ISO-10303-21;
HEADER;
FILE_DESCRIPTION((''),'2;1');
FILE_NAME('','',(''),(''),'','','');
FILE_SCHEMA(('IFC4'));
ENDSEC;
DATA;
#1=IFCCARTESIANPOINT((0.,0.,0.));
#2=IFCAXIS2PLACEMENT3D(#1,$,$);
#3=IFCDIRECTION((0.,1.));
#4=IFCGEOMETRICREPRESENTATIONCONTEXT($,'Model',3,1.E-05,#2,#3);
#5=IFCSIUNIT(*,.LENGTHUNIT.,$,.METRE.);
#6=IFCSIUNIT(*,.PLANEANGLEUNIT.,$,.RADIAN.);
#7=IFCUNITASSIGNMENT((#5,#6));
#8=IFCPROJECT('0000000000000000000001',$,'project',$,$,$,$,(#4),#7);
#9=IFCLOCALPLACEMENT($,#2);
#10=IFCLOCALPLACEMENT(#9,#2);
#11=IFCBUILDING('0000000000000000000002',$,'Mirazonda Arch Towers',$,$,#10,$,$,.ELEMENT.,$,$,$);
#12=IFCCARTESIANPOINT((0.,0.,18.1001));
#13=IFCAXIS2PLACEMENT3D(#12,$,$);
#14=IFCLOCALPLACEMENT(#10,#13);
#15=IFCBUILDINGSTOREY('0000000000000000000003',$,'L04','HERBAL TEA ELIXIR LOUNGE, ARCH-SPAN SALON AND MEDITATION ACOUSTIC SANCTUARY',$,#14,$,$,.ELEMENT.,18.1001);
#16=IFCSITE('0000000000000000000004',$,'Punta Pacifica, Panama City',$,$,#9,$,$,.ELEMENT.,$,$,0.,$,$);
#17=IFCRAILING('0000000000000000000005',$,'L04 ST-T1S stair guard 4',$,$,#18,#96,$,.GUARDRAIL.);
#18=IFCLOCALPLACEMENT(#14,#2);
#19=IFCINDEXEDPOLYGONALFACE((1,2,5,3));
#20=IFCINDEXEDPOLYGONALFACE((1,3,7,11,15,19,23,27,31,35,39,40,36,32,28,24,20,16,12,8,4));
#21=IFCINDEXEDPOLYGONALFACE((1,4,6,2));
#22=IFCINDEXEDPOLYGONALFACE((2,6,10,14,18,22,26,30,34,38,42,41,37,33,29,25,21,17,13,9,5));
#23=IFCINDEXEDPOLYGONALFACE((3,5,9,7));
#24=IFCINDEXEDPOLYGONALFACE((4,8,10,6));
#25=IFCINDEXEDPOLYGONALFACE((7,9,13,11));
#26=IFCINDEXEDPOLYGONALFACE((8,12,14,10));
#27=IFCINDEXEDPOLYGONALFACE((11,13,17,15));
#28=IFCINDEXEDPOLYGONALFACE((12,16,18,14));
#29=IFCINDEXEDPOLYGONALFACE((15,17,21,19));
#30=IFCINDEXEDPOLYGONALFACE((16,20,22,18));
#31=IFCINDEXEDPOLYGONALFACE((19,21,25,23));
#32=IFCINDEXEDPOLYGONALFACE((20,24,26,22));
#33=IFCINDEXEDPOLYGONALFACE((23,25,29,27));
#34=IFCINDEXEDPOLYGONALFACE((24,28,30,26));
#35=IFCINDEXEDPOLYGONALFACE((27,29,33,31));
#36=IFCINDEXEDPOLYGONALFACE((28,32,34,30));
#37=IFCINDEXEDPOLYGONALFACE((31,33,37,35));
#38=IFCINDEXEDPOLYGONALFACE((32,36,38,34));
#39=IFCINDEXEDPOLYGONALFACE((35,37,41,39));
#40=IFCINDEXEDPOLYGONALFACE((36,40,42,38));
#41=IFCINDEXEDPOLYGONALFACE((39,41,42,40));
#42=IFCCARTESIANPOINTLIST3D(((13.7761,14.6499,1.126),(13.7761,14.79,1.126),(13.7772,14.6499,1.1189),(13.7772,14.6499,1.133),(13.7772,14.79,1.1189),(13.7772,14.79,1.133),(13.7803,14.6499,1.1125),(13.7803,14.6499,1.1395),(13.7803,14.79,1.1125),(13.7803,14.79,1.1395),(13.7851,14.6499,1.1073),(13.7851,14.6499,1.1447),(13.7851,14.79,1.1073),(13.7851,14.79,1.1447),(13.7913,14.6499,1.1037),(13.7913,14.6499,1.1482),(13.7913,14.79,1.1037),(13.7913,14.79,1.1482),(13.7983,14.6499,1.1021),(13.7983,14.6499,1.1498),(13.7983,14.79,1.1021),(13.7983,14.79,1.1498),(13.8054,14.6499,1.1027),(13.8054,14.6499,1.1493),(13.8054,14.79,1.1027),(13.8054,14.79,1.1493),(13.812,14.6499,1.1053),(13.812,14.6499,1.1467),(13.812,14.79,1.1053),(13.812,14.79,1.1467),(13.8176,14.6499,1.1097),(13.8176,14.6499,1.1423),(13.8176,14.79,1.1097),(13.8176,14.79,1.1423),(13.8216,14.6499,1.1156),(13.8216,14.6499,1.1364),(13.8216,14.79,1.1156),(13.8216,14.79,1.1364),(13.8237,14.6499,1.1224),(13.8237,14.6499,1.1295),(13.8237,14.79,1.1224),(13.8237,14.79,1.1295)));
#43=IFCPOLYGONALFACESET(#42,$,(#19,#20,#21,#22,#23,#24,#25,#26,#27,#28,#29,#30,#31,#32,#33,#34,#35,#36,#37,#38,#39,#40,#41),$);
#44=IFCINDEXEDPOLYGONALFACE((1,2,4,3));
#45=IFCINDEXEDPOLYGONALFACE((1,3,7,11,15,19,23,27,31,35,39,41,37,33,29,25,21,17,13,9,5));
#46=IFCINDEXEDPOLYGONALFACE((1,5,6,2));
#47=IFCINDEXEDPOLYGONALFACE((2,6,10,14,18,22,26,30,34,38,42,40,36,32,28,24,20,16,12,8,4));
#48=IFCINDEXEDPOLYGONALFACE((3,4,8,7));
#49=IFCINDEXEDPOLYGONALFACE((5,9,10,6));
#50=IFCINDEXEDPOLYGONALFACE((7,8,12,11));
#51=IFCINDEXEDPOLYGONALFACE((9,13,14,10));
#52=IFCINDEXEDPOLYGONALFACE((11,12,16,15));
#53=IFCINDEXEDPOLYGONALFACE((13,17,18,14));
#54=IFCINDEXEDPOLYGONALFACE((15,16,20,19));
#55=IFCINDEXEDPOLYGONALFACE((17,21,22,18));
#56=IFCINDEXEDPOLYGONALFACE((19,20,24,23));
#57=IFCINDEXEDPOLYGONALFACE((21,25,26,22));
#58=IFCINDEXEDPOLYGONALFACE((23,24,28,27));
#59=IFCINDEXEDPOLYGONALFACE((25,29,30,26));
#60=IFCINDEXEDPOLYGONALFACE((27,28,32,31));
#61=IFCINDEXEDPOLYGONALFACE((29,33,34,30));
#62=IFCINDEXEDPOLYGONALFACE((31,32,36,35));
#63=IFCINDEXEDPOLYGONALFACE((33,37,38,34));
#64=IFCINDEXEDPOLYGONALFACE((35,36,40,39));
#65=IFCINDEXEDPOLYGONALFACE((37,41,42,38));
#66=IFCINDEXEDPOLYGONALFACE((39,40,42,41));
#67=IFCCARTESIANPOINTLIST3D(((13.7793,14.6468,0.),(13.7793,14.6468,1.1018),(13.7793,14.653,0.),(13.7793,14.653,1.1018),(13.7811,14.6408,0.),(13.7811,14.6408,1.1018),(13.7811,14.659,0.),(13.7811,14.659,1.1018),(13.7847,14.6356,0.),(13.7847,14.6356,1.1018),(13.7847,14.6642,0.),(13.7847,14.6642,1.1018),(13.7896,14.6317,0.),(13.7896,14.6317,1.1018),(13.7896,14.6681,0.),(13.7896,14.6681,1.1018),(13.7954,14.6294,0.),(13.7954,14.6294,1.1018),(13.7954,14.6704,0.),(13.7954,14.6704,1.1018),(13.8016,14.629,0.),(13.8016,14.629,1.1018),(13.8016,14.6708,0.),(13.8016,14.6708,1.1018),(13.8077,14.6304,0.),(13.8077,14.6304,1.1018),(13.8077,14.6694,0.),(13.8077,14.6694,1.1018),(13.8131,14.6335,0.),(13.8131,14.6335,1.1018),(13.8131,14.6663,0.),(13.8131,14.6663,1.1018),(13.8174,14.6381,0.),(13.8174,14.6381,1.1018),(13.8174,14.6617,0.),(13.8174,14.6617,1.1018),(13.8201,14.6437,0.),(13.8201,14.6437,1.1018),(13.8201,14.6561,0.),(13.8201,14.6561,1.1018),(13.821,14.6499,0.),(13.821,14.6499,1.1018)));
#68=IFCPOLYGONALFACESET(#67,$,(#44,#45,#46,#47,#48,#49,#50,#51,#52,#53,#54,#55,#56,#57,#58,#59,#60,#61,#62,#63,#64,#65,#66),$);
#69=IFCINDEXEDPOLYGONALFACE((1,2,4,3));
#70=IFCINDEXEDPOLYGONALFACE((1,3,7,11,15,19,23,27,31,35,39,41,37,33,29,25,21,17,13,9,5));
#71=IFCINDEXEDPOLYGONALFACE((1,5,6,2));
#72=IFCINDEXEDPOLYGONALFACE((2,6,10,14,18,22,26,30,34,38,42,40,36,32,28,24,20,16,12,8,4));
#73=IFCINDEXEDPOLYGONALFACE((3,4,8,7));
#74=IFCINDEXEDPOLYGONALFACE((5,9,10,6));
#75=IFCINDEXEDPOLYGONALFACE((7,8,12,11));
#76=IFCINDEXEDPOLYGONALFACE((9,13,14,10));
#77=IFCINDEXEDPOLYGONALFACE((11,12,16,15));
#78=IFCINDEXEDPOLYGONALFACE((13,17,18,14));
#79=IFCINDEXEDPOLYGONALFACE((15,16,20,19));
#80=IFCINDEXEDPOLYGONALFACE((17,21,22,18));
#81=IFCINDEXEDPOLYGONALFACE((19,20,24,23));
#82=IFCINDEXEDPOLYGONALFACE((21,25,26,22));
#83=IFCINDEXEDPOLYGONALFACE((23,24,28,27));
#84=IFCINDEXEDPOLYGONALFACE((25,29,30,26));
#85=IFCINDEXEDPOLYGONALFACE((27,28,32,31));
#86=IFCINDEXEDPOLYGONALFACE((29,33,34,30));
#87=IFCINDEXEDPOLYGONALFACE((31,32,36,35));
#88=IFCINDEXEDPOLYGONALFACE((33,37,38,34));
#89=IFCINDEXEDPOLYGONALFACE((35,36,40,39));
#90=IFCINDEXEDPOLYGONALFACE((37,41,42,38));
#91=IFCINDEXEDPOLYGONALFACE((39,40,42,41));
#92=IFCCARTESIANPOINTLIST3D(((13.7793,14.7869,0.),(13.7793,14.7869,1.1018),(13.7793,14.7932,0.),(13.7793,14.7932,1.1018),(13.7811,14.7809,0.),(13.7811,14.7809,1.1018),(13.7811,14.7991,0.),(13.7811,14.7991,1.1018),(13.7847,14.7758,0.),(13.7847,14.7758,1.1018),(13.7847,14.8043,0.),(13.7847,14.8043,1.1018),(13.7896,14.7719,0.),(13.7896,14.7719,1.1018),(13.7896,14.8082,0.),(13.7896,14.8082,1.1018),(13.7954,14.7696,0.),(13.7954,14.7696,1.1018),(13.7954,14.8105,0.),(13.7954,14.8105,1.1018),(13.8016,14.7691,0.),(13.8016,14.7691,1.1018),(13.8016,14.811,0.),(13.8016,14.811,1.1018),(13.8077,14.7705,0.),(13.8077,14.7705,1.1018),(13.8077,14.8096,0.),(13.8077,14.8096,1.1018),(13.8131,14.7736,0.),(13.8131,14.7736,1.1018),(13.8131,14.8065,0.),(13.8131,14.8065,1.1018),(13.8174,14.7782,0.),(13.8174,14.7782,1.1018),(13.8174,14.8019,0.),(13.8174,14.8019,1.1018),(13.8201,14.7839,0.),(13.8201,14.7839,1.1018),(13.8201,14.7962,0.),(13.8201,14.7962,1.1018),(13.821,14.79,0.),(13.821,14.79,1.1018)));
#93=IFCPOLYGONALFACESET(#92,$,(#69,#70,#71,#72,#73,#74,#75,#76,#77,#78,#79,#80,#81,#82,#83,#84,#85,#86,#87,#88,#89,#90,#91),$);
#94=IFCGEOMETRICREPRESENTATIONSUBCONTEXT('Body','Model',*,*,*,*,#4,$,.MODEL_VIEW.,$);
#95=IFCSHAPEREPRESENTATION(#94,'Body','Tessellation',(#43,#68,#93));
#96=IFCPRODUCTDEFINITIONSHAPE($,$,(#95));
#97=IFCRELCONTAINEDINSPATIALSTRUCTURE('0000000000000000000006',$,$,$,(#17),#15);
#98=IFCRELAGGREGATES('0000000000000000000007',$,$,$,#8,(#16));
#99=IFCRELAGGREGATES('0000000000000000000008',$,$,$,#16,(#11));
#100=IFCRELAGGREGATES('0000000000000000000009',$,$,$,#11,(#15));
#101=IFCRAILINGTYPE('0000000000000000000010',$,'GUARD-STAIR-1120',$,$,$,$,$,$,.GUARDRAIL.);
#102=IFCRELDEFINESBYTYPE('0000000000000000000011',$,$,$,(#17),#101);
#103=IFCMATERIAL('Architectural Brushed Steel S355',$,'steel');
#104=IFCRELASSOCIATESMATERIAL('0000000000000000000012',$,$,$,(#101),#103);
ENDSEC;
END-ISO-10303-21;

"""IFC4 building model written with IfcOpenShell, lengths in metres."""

from ifc_helpers import new_model, si_unit, direction, frame, origin, origin_2d, place, context, subcontext, project, spatial, circle, extrude, material, type_object, element, save


model = new_model("IFC4")

# Units and contexts
model_context = context("Model", 3, precision=1e-05, world=origin(), true_north=direction((0.0, 1.0)))
body_context = subcontext(model_context, "Body", "Model", "MODEL_VIEW")
ifc_project = project(units=[si_unit("LENGTHUNIT", "METRE"), si_unit("PLANEANGLEUNIT", "RADIAN")], contexts=[model_context])

# Site, building, storey
site_placement = place(None, origin())
site = spatial("IfcSite", under=ifc_project, at=site_placement, Name="Punta Pacifica, Panama City", CompositionType="ELEMENT", RefElevation=0.0)
building_placement = place(site_placement, origin())
building = spatial("IfcBuilding", under=site, at=building_placement, Name="Mirazonda Arch Towers", CompositionType="ELEMENT")
storey_placement = place(building_placement, frame((0.0, 0.0, 18.1001)))
storey = spatial("IfcBuildingStorey", under=building, at=storey_placement, Name="L04", Description="HERBAL TEA ELIXIR LOUNGE, ARCH-SPAN SALON AND MEDITATION ACOUSTIC SANCTUARY", CompositionType="ELEMENT", Elevation=18.1001)

# Shared definitions
ifc_material_1 = material(Name="Architectural Brushed Steel S355", Category="steel")

# Railing
railing_type_1 = type_object("IfcRailingType", Name="GUARD-STAIR-1120", PredefinedType="GUARDRAIL", material=ifc_material_1)
railing_1_placement = place(storey_placement, frame((13.8, 14.6499, 0.0)))
element("IfcRailing", 1, at=railing_1_placement, inside=storey, type_object=railing_type_1, Name="L04 ST-T1S stair guard 4", PredefinedType="GUARDRAIL", context=body_context, shape_type="SweptSolid", body=[
    extrude(circle(Radius=0.0239, at=origin_2d()), frame((0.0, 0.0, 1.126), z_axis=(0.0, 1.0, 0.0), x_axis=(-1.0, 0.0, 0.0)), (0.0, 0.0, 1.0), 0.1401),
    extrude(circle(Radius=0.021, at=origin_2d()), origin(), (0.0, 0.0, 1.0), 1.1018),
    extrude(circle(Radius=0.021, at=origin_2d()), frame((0.0, 0.1401, 0.0)), (0.0, 0.0, 1.0), 1.1018),
])

save(model, "model.ifc")
